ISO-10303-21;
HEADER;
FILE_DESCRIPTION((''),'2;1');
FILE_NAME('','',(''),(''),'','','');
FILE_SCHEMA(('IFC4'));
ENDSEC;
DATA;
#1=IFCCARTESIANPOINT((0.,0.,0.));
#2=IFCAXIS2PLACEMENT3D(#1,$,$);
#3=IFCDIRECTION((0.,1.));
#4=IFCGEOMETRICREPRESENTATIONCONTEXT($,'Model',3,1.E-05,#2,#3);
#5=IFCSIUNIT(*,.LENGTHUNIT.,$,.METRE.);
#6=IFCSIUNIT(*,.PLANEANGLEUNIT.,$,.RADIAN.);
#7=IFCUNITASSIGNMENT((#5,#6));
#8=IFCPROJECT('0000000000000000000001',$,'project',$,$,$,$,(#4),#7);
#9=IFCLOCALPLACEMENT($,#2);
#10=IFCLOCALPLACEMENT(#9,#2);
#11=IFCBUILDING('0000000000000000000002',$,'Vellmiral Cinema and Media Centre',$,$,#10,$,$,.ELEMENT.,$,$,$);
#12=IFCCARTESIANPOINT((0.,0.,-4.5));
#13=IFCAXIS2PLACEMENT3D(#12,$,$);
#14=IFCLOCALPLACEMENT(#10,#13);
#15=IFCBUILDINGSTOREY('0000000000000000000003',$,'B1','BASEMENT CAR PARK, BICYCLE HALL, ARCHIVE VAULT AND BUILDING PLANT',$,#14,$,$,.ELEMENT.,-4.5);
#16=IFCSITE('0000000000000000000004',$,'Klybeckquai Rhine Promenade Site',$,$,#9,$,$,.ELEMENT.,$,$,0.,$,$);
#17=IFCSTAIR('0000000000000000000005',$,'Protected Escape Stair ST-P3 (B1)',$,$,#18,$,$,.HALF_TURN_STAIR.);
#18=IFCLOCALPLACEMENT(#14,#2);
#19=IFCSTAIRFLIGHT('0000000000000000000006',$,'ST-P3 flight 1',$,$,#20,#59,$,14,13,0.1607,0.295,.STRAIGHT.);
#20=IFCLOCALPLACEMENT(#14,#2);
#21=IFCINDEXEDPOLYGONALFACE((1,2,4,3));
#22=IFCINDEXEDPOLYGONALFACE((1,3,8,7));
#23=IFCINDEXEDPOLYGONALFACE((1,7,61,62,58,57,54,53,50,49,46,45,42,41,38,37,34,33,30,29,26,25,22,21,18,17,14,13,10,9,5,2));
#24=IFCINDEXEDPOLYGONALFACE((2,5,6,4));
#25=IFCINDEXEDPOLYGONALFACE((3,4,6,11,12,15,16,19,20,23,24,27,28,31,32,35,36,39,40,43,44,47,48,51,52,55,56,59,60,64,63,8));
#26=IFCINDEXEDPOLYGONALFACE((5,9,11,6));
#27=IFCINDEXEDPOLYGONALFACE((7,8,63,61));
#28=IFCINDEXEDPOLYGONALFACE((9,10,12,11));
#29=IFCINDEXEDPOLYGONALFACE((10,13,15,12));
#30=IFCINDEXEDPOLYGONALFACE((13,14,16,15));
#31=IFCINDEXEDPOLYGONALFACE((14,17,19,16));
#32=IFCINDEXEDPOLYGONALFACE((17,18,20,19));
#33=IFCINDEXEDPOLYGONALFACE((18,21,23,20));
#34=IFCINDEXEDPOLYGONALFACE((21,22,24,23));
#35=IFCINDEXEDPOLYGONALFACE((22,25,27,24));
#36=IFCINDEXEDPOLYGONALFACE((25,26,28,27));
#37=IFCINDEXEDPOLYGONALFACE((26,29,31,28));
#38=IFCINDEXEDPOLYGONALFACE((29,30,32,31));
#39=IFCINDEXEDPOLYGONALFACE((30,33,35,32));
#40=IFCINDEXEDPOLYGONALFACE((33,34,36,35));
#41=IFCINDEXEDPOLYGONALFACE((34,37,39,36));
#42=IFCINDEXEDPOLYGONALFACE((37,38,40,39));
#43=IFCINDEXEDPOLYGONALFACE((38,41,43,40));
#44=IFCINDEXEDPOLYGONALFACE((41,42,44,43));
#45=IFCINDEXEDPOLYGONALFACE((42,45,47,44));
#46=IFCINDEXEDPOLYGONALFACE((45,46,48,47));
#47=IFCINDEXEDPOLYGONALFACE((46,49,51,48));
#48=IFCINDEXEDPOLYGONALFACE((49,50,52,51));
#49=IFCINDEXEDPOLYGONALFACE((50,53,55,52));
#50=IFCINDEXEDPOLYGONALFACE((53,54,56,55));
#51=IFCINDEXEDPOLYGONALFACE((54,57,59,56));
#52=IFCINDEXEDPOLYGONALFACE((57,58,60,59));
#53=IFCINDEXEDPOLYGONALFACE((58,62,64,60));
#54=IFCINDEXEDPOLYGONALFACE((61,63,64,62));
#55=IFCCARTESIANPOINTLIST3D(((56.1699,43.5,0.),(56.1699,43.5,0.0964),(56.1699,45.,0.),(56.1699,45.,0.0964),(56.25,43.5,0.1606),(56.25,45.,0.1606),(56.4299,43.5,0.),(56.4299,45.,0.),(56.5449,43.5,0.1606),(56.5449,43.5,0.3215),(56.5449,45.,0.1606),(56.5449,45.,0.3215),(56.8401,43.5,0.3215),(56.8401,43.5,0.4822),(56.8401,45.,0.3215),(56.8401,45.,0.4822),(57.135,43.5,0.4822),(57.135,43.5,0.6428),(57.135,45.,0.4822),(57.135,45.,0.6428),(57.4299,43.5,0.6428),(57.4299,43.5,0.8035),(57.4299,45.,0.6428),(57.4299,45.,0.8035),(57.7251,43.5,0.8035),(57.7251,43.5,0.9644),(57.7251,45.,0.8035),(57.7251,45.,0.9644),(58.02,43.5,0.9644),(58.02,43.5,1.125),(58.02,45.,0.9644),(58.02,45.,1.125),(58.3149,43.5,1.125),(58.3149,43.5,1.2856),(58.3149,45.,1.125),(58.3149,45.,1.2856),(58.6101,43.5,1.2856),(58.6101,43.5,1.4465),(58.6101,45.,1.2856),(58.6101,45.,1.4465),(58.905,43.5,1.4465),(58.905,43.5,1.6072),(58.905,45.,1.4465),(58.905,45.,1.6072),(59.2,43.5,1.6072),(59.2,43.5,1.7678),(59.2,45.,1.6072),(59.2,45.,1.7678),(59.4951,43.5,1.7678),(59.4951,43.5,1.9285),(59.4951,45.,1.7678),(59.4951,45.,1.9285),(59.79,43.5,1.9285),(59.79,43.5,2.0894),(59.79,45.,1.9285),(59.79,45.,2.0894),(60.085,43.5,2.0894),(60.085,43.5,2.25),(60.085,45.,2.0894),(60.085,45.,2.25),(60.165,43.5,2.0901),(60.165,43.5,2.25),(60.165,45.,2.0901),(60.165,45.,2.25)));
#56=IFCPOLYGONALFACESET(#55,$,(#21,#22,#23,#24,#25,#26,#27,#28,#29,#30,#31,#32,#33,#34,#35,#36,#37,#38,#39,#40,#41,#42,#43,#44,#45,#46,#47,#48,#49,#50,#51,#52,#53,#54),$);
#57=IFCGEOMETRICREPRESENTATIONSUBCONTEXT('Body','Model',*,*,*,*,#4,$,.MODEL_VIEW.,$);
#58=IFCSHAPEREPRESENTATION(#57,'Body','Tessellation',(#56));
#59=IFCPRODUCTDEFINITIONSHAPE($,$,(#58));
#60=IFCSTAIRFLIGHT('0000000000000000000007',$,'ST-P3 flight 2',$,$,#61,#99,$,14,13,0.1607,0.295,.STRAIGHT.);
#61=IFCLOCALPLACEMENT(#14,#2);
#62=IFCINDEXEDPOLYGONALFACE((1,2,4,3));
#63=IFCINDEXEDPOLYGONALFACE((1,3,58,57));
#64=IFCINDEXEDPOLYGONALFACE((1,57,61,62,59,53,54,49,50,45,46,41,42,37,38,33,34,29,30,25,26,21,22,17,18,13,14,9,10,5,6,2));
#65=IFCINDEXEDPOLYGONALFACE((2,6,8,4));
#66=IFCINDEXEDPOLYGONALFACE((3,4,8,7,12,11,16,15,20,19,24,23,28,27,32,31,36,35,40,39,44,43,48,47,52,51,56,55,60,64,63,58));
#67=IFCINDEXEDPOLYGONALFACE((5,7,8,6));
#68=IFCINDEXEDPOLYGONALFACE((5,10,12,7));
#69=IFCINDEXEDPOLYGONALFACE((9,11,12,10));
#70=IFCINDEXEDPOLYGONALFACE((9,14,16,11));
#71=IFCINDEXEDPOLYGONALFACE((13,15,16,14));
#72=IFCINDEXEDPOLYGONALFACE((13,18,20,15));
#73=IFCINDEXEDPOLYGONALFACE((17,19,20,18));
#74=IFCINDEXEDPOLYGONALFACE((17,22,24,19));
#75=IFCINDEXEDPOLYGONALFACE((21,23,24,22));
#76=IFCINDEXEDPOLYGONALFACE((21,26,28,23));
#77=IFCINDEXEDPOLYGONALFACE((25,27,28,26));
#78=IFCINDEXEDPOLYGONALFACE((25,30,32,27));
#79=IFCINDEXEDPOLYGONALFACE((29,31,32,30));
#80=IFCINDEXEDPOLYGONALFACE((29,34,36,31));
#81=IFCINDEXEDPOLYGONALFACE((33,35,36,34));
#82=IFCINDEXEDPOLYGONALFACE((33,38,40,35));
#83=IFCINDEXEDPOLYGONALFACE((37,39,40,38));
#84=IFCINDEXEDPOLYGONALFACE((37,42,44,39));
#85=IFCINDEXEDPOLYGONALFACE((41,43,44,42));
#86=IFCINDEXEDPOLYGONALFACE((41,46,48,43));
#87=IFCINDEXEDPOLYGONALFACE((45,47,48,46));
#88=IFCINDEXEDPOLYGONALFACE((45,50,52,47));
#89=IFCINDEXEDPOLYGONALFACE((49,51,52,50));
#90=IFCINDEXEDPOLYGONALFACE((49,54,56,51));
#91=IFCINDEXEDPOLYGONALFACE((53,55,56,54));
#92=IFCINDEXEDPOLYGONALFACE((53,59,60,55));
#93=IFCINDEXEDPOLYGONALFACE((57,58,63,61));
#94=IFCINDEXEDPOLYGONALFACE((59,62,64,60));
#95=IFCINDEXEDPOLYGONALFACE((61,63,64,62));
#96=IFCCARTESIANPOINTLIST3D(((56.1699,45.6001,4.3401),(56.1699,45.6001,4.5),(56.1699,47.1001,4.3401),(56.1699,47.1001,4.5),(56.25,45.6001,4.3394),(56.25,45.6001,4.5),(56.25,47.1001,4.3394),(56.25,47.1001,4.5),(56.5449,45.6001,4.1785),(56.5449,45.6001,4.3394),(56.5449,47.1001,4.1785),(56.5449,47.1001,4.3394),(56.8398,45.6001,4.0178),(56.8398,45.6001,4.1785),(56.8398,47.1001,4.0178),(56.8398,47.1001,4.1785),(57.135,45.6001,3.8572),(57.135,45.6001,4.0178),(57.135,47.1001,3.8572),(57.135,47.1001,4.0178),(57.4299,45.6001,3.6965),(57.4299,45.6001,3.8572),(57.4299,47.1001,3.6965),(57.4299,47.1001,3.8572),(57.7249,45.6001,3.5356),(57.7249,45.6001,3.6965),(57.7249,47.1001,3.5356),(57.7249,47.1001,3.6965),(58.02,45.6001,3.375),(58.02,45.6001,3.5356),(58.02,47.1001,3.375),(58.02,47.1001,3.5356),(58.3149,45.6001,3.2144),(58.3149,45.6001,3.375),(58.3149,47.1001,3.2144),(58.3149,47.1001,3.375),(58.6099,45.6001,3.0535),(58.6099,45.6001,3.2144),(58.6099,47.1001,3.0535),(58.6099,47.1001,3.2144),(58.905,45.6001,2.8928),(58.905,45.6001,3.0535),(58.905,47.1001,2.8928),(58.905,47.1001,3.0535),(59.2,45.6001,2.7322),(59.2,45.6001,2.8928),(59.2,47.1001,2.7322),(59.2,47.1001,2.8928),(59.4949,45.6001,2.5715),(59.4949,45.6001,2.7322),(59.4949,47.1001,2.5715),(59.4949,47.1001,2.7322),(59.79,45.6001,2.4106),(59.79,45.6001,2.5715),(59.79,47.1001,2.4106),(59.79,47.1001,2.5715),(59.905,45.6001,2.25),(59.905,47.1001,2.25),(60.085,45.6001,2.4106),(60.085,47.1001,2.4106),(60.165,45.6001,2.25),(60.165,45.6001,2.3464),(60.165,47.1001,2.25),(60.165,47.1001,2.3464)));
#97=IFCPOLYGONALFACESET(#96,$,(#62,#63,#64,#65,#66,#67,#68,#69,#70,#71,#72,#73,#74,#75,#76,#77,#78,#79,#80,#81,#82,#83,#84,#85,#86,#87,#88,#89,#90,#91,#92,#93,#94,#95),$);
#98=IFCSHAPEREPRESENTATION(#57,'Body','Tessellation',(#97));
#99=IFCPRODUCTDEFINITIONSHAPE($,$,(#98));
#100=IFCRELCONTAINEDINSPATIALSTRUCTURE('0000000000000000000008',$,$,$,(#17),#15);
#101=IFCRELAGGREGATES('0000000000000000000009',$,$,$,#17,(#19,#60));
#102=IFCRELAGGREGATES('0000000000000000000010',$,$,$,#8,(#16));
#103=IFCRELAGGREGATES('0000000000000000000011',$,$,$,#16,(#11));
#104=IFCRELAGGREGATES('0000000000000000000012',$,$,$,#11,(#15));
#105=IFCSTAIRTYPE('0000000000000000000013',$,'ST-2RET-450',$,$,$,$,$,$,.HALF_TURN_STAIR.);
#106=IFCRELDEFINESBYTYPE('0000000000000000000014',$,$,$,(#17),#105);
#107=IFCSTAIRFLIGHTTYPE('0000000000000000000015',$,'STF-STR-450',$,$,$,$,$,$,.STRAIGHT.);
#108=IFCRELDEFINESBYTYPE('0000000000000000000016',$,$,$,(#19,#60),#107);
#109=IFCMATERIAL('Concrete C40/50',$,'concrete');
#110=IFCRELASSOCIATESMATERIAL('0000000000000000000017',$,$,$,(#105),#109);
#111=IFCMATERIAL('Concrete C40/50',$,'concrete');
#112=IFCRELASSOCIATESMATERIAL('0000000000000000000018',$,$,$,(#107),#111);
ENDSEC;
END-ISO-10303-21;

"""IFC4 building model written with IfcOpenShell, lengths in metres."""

from ifc_helpers import new_model, si_unit, direction, frame, origin, place, context, subcontext, project, spatial, polyline, outline, extrude, material, type_object, element, aggregate, save


model = new_model("IFC4")

# Units and contexts
model_context = context("Model", 3, precision=1e-05, world=origin(), true_north=direction((0.0, 1.0)))
body_context = subcontext(model_context, "Body", "Model", "MODEL_VIEW")
ifc_project = project(units=[si_unit("LENGTHUNIT", "METRE"), si_unit("PLANEANGLEUNIT", "RADIAN")], contexts=[model_context])

# Site, building, storey
site_placement = place(None, origin())
site = spatial("IfcSite", under=ifc_project, at=site_placement, Name="Klybeckquai Rhine Promenade Site", CompositionType="ELEMENT", RefElevation=0.0)
building_placement = place(site_placement, origin())
building = spatial("IfcBuilding", under=site, at=building_placement, Name="Vellmiral Cinema and Media Centre", CompositionType="ELEMENT")
storey_placement = place(building_placement, frame((0.0, 0.0, -4.5)))
storey = spatial("IfcBuildingStorey", under=building, at=storey_placement, Name="B1", Description="BASEMENT CAR PARK, BICYCLE HALL, ARCHIVE VAULT AND BUILDING PLANT", CompositionType="ELEMENT", Elevation=-4.5)

# Stair, stair flights
ifc_material_1 = material(Name="Concrete C40/50", Category="concrete")
stair_type = type_object("IfcStairType", Name="ST-2RET-450", PredefinedType="HALF_TURN_STAIR", material=ifc_material_1)
stair_placement = place(storey_placement, origin())
stair = element("IfcStair", 1, at=stair_placement, inside=storey, type_object=stair_type, Name="Protected Escape Stair ST-P3 (B1)", PredefinedType="HALF_TURN_STAIR")
ifc_material_2 = material(Name="Concrete C40/50", Category="concrete")
stair_flight_type = type_object("IfcStairFlightType", Name="STF-STR-450", PredefinedType="STRAIGHT", material=ifc_material_2)
stair_flight_1_placement = place(storey_placement, frame((56.25, 44.25, 0.0), z_axis=(0.0, 0.0, 1.0), x_axis=(1.0, 0.0, 0.0)))
stair_flight_1 = element("IfcStairFlight", 2, at=stair_flight_1_placement, type_object=stair_flight_type, Name="ST-P3 flight 1", NumberOfRisers=14, NumberOfTreads=13, PredefinedType="STRAIGHT", RiserHeight=0.1607, TreadLength=0.295, context=body_context, shape_type="SweptSolid", body=[
    extrude(outline(polyline([(-0.0801, 0.0), (-0.0801, 0.0964), (0.0, 0.1606), (0.2949, 0.1606), (0.2949, 0.3215), (0.5901, 0.3215), (0.5901, 0.4822), (0.885, 0.4822), (0.885, 0.6428), (1.1799, 0.6428), (1.1799, 0.8035), (1.4751, 0.8035), (1.4751, 0.9644), (1.77, 0.9644), (1.77, 1.125), (2.0649, 1.125), (2.0649, 1.2856), (2.3601, 1.2856), (2.3601, 1.4465), (2.655, 1.4465), (2.655, 1.6072), (2.95, 1.6072), (2.95, 1.7678), (3.2451, 1.7678), (3.2451, 1.9285), (3.54, 1.9285), (3.54, 2.0894), (3.835, 2.0894), (3.835, 2.25), (3.915, 2.25), (3.915, 2.0901), (0.1799, 0.0), (-0.0801, 0.0)])), frame((0.0, 0.75, 0.0), z_axis=(0.0, -1.0, 0.0), x_axis=(1.0, 0.0, 0.0)), (0.0, 0.0, 1.0), 1.5),
])
stair_flight_2_placement = place(storey_placement, frame((60.085, 46.3501, 2.25), z_axis=(0.0, 0.0, 1.0), x_axis=(-1.0, 0.0, 0.0)))
stair_flight_2 = element("IfcStairFlight", 3, at=stair_flight_2_placement, type_object=stair_flight_type, Name="ST-P3 flight 2", NumberOfRisers=14, NumberOfTreads=13, PredefinedType="STRAIGHT", RiserHeight=0.1607, TreadLength=0.295, context=body_context, shape_type="SweptSolid", body=[
    extrude(outline(polyline([(-0.0801, 0.0), (-0.0801, 0.0964), (0.0, 0.1606), (0.2949, 0.1606), (0.2949, 0.3215), (0.5901, 0.3215), (0.5901, 0.4822), (0.885, 0.4822), (0.885, 0.6428), (1.1799, 0.6428), (1.1799, 0.8035), (1.4751, 0.8035), (1.4751, 0.9644), (1.77, 0.9644), (1.77, 1.125), (2.0649, 1.125), (2.0649, 1.2856), (2.3601, 1.2856), (2.3601, 1.4465), (2.655, 1.4465), (2.655, 1.6072), (2.95, 1.6072), (2.95, 1.7678), (3.2451, 1.7678), (3.2451, 1.9285), (3.54, 1.9285), (3.54, 2.0894), (3.835, 2.0894), (3.835, 2.25), (3.915, 2.25), (3.915, 2.0901), (0.1799, 0.0), (-0.0801, 0.0)])), frame((0.0, 0.75, 0.0), z_axis=(0.0, -1.0, 0.0), x_axis=(1.0, 0.0, 0.0)), (0.0, 0.0, 1.0), 1.5),
])
aggregate(stair, [stair_flight_1, stair_flight_2])

save(model, "model.ifc")
